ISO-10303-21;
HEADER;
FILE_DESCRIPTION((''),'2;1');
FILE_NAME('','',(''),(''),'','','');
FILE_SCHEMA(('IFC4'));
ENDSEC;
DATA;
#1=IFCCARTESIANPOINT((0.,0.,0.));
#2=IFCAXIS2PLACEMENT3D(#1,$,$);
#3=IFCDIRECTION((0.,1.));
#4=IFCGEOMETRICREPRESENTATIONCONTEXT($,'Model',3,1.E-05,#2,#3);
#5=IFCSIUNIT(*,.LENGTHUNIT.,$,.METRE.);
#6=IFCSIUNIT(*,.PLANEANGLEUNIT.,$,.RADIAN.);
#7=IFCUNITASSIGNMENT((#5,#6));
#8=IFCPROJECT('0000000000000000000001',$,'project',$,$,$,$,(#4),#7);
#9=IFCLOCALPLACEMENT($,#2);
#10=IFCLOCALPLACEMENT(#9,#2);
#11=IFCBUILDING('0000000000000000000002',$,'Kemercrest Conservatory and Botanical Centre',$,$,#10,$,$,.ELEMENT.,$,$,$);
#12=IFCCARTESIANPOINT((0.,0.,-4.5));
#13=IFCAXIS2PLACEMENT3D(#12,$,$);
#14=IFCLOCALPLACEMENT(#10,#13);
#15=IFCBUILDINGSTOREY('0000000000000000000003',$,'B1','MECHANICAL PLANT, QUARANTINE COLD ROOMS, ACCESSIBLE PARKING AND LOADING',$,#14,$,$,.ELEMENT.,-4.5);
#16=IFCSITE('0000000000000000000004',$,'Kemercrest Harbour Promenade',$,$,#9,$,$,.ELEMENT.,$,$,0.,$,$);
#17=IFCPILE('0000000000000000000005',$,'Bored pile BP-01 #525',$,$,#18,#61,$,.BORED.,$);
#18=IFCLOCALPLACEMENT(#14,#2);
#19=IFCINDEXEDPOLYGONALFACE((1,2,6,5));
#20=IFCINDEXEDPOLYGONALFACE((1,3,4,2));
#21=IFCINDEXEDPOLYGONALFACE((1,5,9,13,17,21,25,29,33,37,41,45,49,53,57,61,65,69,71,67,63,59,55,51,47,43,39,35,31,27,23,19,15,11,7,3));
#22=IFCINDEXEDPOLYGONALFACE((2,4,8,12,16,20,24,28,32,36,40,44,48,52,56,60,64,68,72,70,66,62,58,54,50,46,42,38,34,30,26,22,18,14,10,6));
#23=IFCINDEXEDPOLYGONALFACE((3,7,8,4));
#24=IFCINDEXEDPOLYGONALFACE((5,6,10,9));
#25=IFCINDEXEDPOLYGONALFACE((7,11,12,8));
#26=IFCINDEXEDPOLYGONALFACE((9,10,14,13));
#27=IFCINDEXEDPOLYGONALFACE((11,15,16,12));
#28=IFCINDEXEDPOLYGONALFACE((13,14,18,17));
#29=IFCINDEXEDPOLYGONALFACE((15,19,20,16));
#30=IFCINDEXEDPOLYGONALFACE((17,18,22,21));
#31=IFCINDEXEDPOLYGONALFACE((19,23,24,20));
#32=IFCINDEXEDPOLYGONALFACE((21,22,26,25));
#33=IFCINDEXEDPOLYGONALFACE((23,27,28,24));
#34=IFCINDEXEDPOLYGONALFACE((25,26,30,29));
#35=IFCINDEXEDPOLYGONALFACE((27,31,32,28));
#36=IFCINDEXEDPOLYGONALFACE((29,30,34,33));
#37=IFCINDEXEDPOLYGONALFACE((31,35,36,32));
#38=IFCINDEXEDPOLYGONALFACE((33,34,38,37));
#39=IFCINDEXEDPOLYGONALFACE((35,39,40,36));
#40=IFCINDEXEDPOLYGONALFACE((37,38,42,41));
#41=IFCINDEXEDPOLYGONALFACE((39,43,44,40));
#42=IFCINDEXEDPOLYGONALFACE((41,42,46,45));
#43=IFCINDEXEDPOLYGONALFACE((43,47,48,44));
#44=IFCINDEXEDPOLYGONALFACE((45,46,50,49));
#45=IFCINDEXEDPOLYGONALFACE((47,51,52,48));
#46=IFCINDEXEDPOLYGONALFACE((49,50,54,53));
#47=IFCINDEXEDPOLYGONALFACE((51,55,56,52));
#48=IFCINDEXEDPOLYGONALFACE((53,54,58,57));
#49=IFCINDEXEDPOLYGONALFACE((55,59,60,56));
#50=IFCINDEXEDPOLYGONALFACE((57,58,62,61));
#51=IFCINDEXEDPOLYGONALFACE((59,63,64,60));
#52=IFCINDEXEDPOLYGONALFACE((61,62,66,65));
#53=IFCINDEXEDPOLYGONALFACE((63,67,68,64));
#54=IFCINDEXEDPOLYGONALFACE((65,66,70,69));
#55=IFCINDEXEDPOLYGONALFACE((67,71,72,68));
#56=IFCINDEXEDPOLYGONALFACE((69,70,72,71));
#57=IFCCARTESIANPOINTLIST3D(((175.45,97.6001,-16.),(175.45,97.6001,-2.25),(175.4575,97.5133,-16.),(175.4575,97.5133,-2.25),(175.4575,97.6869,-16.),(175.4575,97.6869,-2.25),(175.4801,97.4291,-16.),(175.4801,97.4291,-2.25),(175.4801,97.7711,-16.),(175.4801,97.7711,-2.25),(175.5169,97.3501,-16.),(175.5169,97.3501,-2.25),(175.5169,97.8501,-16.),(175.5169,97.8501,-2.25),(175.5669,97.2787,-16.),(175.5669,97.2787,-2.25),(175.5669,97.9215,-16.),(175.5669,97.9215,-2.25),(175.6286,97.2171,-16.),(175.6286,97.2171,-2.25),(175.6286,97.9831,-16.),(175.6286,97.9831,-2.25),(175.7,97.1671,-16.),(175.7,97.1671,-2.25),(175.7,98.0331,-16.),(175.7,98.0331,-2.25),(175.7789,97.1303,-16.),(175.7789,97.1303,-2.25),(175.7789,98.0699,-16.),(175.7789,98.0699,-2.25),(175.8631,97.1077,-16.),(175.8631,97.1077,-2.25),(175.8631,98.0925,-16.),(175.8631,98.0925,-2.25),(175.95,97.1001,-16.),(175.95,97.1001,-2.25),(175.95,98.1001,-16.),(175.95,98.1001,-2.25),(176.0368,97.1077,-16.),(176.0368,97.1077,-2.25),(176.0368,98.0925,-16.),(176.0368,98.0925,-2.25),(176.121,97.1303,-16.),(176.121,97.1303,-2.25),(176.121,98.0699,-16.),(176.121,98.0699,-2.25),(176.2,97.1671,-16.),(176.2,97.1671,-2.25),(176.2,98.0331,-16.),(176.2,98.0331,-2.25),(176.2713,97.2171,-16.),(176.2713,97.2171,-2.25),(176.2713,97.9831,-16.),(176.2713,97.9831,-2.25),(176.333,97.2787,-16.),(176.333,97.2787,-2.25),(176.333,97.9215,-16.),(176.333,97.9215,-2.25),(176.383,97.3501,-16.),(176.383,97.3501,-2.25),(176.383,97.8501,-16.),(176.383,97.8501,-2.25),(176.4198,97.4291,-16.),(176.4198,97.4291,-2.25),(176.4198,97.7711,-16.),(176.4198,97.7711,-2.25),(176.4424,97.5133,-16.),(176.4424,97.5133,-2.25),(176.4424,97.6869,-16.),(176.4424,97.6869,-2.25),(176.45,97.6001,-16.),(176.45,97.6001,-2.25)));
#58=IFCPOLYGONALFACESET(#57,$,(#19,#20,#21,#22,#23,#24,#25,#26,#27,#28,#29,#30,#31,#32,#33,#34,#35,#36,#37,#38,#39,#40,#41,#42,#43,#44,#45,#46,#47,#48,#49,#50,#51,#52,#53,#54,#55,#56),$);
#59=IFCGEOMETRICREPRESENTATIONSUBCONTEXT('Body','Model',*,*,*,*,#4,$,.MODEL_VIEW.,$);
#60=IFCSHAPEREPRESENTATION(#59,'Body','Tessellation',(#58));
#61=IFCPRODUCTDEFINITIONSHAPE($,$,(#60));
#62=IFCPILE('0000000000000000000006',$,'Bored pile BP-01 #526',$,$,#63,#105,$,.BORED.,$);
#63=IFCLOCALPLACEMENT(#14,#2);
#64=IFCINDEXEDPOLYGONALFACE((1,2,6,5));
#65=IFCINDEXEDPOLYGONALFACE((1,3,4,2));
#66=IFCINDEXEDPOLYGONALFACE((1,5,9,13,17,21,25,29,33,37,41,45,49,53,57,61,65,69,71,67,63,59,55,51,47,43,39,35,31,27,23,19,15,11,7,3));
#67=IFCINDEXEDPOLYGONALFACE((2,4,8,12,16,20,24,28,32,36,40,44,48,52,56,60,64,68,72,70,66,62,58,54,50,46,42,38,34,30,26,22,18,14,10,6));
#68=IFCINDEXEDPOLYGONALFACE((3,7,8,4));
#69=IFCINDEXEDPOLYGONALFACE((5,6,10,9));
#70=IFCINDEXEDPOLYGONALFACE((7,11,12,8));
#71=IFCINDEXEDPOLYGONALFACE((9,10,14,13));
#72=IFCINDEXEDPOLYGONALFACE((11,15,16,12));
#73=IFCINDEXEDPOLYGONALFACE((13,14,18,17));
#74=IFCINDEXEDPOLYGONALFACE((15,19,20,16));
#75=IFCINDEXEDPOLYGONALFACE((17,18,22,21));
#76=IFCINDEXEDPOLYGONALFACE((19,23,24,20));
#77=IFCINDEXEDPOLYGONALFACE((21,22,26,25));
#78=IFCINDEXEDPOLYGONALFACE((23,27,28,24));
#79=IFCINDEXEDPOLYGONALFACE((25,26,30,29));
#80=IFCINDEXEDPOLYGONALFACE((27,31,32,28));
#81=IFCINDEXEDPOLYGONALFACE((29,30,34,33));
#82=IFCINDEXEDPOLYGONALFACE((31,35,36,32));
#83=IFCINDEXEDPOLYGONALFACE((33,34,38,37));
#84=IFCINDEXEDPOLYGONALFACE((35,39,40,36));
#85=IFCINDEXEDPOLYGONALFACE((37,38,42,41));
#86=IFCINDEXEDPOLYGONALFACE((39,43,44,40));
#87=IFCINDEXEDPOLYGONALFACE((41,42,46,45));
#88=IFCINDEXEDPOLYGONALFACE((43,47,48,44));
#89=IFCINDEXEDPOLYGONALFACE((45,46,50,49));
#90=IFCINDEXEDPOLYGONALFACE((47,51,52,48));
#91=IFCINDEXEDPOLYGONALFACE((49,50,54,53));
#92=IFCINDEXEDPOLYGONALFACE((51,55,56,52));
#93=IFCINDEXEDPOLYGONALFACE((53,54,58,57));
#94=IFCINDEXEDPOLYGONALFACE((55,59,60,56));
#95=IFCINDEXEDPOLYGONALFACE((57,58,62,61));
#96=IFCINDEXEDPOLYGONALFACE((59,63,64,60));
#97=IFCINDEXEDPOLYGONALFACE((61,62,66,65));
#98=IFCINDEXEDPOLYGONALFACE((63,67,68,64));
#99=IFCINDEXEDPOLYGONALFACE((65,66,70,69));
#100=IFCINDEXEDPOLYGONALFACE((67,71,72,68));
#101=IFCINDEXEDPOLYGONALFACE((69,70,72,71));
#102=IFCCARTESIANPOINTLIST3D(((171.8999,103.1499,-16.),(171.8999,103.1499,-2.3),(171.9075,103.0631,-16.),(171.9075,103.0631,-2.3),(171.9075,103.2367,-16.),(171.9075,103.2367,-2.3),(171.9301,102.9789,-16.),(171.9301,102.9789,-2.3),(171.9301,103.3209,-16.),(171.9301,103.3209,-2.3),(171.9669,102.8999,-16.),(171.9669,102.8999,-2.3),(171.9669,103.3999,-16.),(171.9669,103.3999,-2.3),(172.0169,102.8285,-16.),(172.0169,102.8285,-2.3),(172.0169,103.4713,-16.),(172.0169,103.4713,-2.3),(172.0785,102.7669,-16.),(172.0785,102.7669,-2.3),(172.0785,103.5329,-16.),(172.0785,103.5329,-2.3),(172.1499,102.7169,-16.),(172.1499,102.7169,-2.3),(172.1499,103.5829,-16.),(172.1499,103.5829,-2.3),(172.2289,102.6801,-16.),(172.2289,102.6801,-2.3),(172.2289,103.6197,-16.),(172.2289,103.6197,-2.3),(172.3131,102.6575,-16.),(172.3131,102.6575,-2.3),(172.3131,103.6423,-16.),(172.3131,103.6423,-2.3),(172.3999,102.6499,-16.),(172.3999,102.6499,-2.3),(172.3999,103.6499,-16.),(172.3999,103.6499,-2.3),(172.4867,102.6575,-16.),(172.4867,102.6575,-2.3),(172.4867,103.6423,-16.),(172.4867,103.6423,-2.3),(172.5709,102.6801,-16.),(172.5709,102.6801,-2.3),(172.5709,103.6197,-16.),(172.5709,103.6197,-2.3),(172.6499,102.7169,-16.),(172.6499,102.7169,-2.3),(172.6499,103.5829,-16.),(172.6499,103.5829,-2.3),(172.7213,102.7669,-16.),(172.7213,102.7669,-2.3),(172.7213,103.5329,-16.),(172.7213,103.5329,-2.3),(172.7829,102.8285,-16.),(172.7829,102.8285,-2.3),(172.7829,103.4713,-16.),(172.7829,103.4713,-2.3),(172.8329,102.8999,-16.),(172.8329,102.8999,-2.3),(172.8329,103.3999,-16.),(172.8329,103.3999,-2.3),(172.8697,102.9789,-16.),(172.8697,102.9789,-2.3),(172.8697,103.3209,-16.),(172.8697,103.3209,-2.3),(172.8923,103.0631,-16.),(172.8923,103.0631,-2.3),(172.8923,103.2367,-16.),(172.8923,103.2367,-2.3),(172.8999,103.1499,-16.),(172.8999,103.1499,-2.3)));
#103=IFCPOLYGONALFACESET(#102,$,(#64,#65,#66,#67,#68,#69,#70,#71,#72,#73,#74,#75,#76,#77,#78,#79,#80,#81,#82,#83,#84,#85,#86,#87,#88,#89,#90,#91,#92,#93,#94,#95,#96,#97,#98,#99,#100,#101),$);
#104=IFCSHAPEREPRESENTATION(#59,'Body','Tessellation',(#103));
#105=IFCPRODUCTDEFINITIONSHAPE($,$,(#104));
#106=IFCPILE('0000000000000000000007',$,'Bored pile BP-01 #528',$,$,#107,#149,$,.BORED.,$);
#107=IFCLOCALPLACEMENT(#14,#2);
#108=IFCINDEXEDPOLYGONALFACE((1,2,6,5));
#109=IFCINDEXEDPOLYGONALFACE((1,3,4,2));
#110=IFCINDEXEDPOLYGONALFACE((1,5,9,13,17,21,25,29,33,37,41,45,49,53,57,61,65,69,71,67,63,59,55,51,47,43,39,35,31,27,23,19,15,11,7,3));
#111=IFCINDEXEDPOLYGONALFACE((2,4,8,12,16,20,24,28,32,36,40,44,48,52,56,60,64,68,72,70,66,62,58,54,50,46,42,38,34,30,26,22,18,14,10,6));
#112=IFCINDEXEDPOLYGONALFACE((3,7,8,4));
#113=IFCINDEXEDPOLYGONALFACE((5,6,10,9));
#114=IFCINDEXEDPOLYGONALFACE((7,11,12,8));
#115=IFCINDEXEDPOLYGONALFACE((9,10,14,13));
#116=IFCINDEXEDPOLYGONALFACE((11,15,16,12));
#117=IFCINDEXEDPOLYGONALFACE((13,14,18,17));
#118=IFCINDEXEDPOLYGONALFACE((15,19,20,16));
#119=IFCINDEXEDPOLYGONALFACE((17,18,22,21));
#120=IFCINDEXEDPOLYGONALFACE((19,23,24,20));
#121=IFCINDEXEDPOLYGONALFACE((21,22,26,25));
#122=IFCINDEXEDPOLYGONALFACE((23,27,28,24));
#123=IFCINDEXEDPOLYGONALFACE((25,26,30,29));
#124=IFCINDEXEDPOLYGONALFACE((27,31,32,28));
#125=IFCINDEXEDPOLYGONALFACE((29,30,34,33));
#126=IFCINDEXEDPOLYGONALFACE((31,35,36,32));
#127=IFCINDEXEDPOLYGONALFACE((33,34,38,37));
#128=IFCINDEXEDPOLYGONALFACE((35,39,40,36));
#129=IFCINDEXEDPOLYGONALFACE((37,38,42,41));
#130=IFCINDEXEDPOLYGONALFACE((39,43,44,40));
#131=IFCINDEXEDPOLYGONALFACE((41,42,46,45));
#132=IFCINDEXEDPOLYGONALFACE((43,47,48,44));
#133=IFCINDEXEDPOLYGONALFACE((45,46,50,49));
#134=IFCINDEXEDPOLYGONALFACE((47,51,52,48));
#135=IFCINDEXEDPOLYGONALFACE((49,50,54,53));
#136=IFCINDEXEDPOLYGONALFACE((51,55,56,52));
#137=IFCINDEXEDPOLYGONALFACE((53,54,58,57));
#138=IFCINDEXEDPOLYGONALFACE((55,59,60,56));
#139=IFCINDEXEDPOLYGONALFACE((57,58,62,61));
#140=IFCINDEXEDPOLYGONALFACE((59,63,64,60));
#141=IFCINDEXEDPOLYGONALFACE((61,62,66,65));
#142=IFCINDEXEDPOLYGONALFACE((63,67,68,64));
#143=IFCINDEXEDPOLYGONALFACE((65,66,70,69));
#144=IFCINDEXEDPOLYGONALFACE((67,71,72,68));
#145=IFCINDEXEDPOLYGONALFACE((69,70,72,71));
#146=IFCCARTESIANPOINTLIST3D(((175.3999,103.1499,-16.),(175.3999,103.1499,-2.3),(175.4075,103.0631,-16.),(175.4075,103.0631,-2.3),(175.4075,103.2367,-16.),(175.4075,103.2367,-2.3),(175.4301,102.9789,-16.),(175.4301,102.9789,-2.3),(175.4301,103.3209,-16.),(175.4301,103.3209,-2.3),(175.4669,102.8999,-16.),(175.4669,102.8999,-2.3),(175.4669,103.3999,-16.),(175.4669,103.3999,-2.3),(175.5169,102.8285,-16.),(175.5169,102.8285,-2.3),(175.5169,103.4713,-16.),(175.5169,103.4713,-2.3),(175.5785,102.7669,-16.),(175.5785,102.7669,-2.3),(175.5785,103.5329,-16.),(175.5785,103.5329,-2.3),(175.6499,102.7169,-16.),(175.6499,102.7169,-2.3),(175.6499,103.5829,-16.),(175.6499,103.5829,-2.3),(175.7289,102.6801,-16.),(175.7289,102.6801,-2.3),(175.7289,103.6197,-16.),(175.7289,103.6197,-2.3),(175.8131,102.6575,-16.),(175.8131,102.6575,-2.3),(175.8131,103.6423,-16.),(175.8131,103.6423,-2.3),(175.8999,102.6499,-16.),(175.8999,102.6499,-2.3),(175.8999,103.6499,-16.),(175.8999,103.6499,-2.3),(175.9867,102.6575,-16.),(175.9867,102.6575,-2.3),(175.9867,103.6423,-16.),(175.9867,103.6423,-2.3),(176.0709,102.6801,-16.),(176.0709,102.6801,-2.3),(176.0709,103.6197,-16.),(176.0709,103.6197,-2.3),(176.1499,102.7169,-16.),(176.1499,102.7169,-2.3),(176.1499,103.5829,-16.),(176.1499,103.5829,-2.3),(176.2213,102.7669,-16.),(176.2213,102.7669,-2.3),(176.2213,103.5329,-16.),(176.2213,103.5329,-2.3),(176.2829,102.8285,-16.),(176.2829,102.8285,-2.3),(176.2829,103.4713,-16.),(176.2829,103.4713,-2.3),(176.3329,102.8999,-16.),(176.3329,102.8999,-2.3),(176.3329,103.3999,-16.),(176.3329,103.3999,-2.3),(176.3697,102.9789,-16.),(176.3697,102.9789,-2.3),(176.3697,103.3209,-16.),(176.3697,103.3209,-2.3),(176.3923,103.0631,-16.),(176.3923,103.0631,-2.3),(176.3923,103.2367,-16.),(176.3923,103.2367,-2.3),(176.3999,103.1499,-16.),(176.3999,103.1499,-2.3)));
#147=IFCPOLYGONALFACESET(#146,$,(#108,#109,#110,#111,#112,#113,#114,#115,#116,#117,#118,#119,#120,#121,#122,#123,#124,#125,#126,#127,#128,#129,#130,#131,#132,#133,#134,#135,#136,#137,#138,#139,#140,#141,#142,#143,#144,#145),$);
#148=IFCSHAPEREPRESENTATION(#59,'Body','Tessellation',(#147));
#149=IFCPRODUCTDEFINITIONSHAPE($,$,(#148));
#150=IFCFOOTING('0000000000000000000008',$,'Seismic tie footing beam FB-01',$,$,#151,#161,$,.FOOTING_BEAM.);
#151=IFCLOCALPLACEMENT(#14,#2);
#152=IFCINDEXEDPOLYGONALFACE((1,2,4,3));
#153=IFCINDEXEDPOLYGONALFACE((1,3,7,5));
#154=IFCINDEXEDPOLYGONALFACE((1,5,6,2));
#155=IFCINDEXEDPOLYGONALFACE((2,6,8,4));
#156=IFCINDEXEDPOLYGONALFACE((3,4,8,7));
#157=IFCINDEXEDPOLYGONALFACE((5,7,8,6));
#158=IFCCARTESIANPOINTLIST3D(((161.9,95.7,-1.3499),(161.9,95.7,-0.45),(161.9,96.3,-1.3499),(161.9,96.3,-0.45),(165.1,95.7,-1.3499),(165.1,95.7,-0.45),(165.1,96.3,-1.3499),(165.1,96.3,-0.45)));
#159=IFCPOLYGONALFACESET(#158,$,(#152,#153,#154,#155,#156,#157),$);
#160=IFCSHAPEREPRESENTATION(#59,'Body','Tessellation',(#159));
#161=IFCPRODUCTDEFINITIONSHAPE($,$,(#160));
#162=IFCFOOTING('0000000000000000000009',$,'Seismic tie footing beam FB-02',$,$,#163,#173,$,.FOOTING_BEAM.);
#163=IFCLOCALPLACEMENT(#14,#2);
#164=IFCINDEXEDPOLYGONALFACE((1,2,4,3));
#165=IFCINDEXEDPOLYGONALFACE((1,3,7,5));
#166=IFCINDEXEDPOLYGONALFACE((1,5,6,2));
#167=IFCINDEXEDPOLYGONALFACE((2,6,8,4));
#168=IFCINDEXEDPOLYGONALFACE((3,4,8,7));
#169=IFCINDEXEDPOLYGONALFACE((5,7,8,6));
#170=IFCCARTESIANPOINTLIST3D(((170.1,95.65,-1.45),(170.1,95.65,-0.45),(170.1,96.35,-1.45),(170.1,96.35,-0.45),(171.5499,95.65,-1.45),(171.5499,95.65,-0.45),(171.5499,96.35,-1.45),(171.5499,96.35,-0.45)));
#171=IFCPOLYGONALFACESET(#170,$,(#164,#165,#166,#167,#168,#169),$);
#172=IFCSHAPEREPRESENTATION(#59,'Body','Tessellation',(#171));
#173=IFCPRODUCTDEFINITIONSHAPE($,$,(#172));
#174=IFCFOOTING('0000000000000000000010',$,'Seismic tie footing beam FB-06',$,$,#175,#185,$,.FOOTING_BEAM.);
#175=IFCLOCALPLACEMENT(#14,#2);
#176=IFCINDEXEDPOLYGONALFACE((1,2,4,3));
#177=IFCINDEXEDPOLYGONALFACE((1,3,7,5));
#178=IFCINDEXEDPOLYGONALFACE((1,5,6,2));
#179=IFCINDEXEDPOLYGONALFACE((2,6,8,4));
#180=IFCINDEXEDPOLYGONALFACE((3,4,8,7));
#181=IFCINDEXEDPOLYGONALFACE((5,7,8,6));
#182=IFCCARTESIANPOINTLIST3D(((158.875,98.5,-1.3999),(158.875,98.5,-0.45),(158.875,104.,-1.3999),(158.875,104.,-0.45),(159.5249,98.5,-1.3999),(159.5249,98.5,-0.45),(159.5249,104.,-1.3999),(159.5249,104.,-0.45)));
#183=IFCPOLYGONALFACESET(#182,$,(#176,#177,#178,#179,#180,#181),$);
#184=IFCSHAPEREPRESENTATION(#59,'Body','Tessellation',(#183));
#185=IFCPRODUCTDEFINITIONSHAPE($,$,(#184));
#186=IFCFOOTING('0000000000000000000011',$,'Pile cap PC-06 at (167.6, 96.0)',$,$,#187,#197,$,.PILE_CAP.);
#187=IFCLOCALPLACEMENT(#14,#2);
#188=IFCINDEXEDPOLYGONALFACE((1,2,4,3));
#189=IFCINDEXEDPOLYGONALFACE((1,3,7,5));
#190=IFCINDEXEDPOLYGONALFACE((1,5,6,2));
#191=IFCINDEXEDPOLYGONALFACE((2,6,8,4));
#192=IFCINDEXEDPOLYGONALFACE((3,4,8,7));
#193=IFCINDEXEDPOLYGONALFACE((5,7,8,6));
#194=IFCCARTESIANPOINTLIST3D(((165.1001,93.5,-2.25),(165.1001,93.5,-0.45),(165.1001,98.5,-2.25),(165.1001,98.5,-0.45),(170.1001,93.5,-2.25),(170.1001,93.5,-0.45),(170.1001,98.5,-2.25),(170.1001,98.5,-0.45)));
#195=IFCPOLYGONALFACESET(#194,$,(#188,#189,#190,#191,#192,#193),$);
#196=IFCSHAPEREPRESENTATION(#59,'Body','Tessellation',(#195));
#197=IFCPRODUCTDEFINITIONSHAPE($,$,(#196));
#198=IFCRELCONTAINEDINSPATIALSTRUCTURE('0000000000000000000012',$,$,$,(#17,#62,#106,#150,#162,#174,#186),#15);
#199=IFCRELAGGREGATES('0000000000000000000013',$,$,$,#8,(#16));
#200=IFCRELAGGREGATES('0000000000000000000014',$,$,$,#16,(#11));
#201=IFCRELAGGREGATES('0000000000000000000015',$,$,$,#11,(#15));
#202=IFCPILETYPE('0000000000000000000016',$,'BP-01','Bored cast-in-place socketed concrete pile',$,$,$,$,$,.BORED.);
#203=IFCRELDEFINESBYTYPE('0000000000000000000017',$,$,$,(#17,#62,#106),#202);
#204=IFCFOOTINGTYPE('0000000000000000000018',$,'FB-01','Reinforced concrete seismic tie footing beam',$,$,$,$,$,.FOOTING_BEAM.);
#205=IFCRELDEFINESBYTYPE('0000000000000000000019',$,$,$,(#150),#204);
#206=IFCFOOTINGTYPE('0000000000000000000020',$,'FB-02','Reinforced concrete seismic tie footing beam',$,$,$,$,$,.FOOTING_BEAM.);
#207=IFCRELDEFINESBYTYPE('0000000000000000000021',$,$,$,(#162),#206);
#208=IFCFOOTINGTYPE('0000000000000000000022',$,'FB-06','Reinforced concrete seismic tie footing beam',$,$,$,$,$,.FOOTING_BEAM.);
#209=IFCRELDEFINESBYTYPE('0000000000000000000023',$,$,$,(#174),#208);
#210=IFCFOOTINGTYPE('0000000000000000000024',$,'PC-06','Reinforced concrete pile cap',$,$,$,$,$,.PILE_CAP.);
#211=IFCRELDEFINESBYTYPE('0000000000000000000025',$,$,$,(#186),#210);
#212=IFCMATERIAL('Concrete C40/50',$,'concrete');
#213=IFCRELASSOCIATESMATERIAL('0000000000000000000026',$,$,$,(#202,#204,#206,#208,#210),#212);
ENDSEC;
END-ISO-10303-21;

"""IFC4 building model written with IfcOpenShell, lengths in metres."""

from ifc_helpers import new_model, si_unit, direction, frame, origin, origin_2d, place, context, subcontext, project, spatial, rectangle, circle, extrude, material, material_profile, profile_set, type_object, element, save


model = new_model("IFC4")

# Units and contexts
model_context = context("Model", 3, precision=1e-05, world=origin(), true_north=direction((0.0, 1.0)))
body_context = subcontext(model_context, "Body", "Model", "MODEL_VIEW")
ifc_project = project(units=[si_unit("LENGTHUNIT", "METRE"), si_unit("PLANEANGLEUNIT", "RADIAN")], contexts=[model_context])

# Site, building, storey
site_placement = place(None, origin())
site = spatial("IfcSite", under=ifc_project, at=site_placement, Name="Kemercrest Harbour Promenade", CompositionType="ELEMENT", RefElevation=0.0)
building_placement = place(site_placement, origin())
building = spatial("IfcBuilding", under=site, at=building_placement, Name="Kemercrest Conservatory and Botanical Centre", CompositionType="ELEMENT")
storey_placement = place(building_placement, frame((0.0, 0.0, -4.5)))
storey = spatial("IfcBuildingStorey", under=building, at=storey_placement, Name="B1", Description="MECHANICAL PLANT, QUARANTINE COLD ROOMS, ACCESSIBLE PARKING AND LOADING", CompositionType="ELEMENT", Elevation=-4.5)

# Piles
ifc_material_1 = material(Name="Concrete C40/50", Category="concrete")
ifc_material_profile_1 = material_profile(ifc_material_1, circle(Radius=0.5, at=origin_2d()), Name="BORED PILE 1000")
ifc_profile_set_1 = profile_set([ifc_material_profile_1], Name="Concrete C40/50")
pile_type = type_object("IfcPileType", Name="BP-01", Description="Bored cast-in-place socketed concrete pile", PredefinedType="BORED", material=ifc_profile_set_1)
for number, where, z_axis, x_axis, name in (
    (1, (175.95, 97.6001, -2.25), (0.0, 0.0, -1.0), (1.0, 0.0, 0.0), "Bored pile BP-01 #525"),
):
    element("IfcPile", number, at=place(storey_placement, frame(where, z_axis=z_axis, x_axis=x_axis)), inside=storey, type_object=pile_type, Name=name, PredefinedType="BORED", context=body_context, shape_type="SweptSolid", body=[
        extrude(circle(Radius=0.5, at=origin_2d()), origin(), (0.0, 0.0, 1.0), 13.75),
    ])
for number, where, z_axis, x_axis, name in (
    (2, (172.3999, 103.1499, -2.3), (0.0, 0.0, -1.0), (1.0, 0.0, 0.0), "Bored pile BP-01 #526"),
    (3, (175.8999, 103.1499, -2.3), (0.0, 0.0, -1.0), (1.0, 0.0, 0.0), "Bored pile BP-01 #528"),
):
    element("IfcPile", number, at=place(storey_placement, frame(where, z_axis=z_axis, x_axis=x_axis)), inside=storey, type_object=pile_type, Name=name, PredefinedType="BORED", context=body_context, shape_type="SweptSolid", body=[
        extrude(circle(Radius=0.5, at=origin_2d()), origin(), (0.0, 0.0, 1.0), 13.7),
    ])

# Footings
footing_type_1 = type_object("IfcFootingType", Name="FB-01", Description="Reinforced concrete seismic tie footing beam", PredefinedType="FOOTING_BEAM", material=ifc_material_1)
footing_1_placement = place(storey_placement, frame((163.5, 96.0, -1.3499), z_axis=(0.0, 0.0, 1.0), x_axis=(1.0, 0.0, 0.0)))
element("IfcFooting", 4, at=footing_1_placement, inside=storey, type_object=footing_type_1, Name="Seismic tie footing beam FB-01", PredefinedType="FOOTING_BEAM", context=body_context, shape_type="SweptSolid", body=[
    extrude(rectangle(XDim=3.2, YDim=0.6001, at=origin_2d()), origin(), (0.0, 0.0, 1.0), 0.8999),
])
footing_type_2 = type_object("IfcFootingType", Name="FB-02", Description="Reinforced concrete seismic tie footing beam", PredefinedType="FOOTING_BEAM", material=ifc_material_1)
footing_2_placement = place(storey_placement, frame((170.825, 96.0, -1.45), z_axis=(0.0, 0.0, 1.0), x_axis=(1.0, 0.0, 0.0)))
element("IfcFooting", 5, at=footing_2_placement, inside=storey, type_object=footing_type_2, Name="Seismic tie footing beam FB-02", PredefinedType="FOOTING_BEAM", context=body_context, shape_type="SweptSolid", body=[
    extrude(rectangle(XDim=1.45, YDim=0.7, at=origin_2d()), origin(), (0.0, 0.0, 1.0), 1.0),
])
footing_type_3 = type_object("IfcFootingType", Name="FB-06", Description="Reinforced concrete seismic tie footing beam", PredefinedType="FOOTING_BEAM", material=ifc_material_1)
footing_3_placement = place(storey_placement, frame((159.2, 101.25, -1.3999), z_axis=(0.0, 0.0, 1.0), x_axis=(1.0, 0.0, 0.0)))
element("IfcFooting", 6, at=footing_3_placement, inside=storey, type_object=footing_type_3, Name="Seismic tie footing beam FB-06", PredefinedType="FOOTING_BEAM", context=body_context, shape_type="SweptSolid", body=[
    extrude(rectangle(XDim=0.6499, YDim=5.5, at=origin_2d()), origin(), (0.0, 0.0, 1.0), 0.95),
])
footing_type_4 = type_object("IfcFootingType", Name="PC-06", Description="Reinforced concrete pile cap", PredefinedType="PILE_CAP", material=ifc_material_1)
footing_4_placement = place(storey_placement, frame((167.6001, 96.0, -2.25), z_axis=(0.0, 0.0, 1.0), x_axis=(1.0, 0.0, 0.0)))
element("IfcFooting", 7, at=footing_4_placement, inside=storey, type_object=footing_type_4, Name="Pile cap PC-06 at (167.6, 96.0)", PredefinedType="PILE_CAP", context=body_context, shape_type="SweptSolid", body=[
    extrude(rectangle(XDim=5.0, YDim=5.0, at=origin_2d()), origin(), (0.0, 0.0, 1.0), 1.8),
])

save(model, "model.ifc")
